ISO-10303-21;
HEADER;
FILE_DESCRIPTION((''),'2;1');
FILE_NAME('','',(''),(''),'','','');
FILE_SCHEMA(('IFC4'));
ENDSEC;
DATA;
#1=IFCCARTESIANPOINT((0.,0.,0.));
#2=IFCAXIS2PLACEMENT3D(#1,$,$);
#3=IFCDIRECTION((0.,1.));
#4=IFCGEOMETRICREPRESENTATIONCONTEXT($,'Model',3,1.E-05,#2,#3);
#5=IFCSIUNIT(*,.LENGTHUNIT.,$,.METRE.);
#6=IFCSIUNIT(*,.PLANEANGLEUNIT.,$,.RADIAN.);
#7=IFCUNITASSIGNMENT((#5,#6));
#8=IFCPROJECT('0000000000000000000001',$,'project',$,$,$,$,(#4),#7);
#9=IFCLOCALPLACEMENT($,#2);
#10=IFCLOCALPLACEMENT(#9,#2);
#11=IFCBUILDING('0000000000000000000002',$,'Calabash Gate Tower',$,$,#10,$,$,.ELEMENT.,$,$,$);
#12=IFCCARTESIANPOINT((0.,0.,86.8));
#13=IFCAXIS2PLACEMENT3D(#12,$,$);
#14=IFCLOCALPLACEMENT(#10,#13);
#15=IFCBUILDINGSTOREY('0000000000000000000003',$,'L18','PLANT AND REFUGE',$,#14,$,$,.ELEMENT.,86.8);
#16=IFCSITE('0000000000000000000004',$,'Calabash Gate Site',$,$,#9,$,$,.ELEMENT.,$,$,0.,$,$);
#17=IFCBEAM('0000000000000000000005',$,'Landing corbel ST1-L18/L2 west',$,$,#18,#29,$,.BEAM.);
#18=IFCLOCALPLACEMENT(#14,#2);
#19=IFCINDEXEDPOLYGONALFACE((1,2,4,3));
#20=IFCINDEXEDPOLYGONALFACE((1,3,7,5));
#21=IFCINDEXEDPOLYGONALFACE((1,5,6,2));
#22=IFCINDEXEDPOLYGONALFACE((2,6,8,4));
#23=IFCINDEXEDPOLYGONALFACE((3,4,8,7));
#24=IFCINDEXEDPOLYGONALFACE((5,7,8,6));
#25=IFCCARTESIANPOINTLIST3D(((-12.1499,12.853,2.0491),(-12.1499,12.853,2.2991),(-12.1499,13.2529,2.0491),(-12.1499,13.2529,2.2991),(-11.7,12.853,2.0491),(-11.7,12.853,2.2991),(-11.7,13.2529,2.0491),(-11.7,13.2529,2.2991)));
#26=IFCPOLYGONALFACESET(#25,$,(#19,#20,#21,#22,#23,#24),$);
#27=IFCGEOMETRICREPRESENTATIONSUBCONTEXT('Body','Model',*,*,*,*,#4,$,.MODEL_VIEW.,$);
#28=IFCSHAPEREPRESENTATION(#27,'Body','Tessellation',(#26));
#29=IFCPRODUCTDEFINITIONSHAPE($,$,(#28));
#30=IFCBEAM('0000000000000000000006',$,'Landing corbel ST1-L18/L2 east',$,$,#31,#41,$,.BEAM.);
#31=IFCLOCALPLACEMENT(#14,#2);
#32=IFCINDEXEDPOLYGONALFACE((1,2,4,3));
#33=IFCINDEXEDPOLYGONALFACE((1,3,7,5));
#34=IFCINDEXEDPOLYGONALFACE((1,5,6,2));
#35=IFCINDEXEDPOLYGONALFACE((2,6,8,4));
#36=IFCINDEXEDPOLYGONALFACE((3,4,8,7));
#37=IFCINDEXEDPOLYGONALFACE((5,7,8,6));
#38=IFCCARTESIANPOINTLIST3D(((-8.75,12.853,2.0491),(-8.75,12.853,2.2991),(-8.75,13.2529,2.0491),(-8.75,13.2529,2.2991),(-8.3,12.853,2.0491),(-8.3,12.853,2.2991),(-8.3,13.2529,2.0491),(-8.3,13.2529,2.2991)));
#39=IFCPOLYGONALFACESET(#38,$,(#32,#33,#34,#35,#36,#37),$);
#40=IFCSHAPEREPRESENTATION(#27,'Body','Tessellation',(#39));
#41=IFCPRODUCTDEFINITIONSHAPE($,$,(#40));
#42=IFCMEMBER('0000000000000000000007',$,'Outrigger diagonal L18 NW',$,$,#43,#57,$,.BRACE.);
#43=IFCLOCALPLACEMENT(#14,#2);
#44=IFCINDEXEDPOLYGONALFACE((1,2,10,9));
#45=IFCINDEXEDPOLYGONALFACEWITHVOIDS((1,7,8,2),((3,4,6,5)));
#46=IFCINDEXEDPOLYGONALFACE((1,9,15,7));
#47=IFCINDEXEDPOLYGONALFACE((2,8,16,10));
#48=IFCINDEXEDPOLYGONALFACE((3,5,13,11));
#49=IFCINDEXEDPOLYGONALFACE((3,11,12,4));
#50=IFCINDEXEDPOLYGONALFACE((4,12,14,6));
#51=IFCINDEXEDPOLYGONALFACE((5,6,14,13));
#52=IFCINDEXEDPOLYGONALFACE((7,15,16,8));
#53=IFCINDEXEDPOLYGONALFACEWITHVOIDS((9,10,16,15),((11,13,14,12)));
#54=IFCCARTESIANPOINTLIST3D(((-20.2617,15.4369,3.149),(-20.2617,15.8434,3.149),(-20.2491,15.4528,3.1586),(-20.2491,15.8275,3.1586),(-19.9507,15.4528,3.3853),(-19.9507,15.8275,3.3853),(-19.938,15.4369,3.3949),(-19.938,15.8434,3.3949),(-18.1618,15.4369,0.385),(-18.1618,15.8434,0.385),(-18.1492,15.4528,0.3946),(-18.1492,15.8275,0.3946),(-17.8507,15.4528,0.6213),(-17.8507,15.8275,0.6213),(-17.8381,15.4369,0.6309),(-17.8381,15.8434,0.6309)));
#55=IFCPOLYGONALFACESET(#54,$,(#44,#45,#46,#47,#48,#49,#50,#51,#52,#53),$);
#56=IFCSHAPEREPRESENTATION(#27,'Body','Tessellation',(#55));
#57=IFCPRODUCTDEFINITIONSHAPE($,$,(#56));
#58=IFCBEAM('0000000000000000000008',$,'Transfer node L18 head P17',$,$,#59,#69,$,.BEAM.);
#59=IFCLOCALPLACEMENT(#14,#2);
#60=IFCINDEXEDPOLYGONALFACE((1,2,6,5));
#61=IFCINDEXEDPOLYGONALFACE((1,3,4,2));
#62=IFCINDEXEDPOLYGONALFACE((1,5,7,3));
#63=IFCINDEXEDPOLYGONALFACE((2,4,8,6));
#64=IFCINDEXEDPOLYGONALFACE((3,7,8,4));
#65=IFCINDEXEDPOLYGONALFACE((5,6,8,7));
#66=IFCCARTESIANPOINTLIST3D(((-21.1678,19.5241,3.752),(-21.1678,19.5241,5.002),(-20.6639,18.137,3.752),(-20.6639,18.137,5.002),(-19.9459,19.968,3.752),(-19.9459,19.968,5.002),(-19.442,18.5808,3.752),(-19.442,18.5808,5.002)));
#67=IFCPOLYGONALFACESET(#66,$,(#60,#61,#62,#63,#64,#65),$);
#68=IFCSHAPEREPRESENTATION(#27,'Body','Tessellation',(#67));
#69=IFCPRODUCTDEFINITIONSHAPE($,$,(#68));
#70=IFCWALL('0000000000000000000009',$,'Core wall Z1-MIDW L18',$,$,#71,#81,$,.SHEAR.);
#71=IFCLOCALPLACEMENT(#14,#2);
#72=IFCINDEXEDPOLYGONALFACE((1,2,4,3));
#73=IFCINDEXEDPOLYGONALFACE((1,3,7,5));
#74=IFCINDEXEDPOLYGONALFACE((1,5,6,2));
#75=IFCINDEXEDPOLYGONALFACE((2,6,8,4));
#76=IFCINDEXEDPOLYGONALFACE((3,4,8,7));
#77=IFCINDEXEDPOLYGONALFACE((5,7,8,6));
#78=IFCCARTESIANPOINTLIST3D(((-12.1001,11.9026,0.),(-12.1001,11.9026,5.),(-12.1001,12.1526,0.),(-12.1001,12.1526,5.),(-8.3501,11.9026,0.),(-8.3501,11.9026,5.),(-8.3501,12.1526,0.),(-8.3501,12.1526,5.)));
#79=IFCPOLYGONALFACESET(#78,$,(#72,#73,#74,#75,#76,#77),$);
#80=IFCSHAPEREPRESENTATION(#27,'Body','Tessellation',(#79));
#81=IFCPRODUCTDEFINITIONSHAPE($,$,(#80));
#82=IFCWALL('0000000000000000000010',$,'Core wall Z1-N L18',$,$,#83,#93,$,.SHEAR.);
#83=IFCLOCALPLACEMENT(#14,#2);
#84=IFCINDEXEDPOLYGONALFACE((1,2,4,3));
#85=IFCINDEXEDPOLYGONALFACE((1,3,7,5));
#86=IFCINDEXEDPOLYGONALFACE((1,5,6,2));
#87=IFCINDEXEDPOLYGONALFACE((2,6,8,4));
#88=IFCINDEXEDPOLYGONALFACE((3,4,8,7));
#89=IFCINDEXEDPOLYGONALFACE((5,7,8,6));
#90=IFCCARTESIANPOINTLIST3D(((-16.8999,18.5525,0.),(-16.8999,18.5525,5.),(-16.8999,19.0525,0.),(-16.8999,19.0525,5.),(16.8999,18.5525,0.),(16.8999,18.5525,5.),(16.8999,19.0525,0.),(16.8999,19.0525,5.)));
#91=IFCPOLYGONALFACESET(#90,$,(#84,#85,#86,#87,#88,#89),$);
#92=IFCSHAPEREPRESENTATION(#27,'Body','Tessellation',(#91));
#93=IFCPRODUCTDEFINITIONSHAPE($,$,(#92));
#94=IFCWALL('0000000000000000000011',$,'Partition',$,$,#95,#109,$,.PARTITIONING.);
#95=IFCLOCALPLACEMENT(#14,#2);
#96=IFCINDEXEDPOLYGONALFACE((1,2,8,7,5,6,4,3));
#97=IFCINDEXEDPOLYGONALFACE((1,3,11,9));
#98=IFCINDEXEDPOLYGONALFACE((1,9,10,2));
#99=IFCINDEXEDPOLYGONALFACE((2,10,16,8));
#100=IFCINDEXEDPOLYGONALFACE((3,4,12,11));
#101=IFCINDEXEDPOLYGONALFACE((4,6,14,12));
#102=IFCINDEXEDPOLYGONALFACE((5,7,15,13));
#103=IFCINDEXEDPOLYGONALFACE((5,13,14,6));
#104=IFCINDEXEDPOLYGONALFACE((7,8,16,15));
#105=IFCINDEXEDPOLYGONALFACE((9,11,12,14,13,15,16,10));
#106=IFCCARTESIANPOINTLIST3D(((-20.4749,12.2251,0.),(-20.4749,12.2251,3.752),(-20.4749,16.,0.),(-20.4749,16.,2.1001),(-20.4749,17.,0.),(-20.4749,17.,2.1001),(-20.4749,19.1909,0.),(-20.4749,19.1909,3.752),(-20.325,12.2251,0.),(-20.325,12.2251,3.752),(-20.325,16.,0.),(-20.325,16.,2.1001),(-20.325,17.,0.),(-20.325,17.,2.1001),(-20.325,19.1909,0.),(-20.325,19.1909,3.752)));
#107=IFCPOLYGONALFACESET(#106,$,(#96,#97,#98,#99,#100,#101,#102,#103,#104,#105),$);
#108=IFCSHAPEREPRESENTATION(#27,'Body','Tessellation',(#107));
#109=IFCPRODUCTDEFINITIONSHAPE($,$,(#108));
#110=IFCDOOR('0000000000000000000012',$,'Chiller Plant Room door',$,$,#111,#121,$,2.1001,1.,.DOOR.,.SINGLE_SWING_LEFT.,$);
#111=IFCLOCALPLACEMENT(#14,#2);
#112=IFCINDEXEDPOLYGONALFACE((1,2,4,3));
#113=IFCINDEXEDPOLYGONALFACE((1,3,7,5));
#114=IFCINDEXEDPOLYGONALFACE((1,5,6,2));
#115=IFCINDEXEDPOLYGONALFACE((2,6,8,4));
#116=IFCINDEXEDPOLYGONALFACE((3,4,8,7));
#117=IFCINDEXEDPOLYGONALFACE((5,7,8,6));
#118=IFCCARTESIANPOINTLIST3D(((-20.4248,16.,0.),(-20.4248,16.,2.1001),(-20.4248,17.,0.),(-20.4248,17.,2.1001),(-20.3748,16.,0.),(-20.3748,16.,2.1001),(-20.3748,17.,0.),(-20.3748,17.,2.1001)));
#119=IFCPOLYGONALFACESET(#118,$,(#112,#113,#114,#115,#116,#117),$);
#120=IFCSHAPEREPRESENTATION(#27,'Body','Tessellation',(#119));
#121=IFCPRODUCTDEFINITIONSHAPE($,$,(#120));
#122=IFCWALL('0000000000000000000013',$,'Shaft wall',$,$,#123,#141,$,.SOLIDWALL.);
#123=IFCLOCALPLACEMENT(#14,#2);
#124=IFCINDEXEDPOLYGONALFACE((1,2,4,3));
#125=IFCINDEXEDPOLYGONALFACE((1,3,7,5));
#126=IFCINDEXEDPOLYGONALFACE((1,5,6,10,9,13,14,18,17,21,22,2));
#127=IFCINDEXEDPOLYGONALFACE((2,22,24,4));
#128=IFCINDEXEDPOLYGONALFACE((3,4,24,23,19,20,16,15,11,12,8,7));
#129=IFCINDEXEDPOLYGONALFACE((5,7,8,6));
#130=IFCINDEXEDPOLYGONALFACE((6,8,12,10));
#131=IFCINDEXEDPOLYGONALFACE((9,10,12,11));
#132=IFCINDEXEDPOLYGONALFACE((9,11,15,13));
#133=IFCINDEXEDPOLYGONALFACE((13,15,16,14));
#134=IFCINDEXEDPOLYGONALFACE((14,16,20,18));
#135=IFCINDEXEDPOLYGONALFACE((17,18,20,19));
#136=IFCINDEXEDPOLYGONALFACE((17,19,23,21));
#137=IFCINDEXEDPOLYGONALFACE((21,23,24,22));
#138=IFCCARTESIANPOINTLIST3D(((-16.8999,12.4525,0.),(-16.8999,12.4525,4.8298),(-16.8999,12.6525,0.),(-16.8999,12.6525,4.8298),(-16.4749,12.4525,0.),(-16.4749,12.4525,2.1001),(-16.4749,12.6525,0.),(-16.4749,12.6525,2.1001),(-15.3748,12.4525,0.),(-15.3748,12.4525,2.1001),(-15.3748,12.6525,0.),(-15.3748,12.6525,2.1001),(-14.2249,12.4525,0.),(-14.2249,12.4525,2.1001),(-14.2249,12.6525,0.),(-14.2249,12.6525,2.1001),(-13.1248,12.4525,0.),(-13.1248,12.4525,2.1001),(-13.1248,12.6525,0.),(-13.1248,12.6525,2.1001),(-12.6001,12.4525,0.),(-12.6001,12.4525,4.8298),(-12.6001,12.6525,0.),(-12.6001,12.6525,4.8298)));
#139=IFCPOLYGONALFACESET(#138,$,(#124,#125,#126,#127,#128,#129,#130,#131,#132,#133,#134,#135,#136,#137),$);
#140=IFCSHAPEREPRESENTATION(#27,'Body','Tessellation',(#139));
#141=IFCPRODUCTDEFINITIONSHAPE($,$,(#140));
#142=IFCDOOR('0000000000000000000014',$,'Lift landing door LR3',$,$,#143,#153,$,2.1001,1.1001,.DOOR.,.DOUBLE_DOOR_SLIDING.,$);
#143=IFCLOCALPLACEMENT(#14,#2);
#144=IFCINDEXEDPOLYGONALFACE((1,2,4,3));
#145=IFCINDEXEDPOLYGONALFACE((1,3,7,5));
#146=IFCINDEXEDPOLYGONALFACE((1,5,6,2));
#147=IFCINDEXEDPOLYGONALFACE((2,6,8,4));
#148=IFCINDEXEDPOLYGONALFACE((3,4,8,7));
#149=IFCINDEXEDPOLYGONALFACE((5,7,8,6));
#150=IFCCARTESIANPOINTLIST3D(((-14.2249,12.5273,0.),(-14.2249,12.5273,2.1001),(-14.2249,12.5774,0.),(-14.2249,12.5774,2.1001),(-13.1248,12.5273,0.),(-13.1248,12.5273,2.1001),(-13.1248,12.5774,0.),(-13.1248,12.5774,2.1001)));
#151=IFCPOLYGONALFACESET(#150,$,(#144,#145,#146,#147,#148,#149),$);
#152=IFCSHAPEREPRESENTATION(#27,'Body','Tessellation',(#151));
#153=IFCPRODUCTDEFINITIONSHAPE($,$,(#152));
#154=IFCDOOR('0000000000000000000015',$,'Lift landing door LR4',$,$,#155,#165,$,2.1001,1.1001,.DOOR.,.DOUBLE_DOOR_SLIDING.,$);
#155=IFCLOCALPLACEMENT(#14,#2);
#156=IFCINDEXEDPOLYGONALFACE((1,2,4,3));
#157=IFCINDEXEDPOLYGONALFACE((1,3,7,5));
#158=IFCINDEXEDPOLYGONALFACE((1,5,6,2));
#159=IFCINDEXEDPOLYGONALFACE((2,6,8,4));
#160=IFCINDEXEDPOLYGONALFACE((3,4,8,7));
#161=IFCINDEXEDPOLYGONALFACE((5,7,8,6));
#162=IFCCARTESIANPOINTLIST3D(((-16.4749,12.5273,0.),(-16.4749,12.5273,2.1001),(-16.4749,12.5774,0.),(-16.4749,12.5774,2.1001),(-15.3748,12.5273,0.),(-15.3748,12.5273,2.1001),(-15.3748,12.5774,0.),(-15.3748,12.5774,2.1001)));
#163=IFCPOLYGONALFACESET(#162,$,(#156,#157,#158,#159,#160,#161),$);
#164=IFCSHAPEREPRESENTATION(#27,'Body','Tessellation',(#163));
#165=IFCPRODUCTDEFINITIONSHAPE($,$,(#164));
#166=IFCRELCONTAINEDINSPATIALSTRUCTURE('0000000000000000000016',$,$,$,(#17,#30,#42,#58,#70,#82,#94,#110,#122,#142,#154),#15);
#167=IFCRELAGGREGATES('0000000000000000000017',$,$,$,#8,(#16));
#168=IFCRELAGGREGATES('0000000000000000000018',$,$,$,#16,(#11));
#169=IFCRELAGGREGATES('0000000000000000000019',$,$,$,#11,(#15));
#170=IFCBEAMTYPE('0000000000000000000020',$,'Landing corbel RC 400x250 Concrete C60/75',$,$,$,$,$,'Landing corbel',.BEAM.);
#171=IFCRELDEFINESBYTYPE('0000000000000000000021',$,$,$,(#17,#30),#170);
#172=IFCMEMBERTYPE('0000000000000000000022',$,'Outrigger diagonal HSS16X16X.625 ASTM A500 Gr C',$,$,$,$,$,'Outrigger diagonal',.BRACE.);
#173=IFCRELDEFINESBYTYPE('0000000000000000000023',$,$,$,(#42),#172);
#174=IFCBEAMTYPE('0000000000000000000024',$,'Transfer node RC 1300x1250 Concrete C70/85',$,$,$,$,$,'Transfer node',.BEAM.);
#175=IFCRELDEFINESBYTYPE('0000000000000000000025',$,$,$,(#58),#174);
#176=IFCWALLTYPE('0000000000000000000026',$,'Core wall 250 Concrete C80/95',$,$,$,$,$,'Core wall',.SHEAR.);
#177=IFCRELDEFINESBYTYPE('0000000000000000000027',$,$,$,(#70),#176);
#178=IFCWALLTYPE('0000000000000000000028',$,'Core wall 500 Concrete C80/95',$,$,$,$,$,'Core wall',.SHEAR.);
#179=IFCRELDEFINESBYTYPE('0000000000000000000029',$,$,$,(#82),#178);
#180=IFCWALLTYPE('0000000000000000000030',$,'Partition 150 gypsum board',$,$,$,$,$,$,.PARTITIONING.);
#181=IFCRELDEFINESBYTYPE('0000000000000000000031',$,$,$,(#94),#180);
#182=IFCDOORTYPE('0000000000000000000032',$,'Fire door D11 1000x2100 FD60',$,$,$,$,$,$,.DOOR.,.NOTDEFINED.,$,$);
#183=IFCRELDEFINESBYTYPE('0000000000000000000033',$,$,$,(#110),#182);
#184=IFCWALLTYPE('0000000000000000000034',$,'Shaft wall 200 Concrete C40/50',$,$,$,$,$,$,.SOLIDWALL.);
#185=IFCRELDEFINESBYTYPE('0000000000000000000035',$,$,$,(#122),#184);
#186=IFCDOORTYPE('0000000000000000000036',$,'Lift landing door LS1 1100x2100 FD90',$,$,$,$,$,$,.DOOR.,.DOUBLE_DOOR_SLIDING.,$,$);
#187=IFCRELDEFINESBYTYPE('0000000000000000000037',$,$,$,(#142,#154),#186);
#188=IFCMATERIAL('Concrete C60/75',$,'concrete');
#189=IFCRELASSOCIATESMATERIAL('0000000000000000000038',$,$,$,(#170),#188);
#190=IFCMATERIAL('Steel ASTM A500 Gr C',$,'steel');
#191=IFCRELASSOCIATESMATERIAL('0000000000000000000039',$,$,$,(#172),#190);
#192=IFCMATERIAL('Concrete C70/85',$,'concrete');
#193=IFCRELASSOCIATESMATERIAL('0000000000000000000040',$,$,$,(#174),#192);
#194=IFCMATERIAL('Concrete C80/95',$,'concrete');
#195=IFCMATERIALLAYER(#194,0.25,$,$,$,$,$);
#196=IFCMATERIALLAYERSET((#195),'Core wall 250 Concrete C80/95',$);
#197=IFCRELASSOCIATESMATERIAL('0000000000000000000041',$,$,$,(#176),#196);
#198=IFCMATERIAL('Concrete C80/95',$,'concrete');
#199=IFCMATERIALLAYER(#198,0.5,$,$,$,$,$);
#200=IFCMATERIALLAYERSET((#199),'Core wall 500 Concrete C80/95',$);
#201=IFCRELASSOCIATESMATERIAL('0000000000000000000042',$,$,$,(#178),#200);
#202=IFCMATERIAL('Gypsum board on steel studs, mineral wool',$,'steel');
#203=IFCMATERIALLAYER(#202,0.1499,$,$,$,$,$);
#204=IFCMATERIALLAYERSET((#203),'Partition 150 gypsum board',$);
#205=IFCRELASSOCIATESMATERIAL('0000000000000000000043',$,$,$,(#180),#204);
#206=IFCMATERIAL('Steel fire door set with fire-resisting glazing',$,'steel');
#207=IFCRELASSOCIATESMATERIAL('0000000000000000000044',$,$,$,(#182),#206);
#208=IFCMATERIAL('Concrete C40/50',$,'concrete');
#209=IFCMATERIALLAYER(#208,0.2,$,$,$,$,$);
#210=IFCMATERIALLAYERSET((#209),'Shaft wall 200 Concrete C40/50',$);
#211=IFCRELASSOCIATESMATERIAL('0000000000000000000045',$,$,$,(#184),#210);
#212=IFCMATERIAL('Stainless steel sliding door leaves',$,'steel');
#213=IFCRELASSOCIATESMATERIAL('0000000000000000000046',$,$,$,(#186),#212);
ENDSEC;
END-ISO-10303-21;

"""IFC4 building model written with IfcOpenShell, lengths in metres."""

from ifc_helpers import new_model, si_unit, direction, frame, frame_2d, origin, origin_2d, place, context, subcontext, project, spatial, rectangle, hollow_rectangle, extrude, material, layer, layer_set, material_profile, profile_set, type_object, element, fill, save


model = new_model("IFC4")

# Units and contexts
model_context = context("Model", 3, precision=1e-05, world=origin(), true_north=direction((0.0, 1.0)))
body_context = subcontext(model_context, "Body", "Model", "MODEL_VIEW")
ifc_project = project(units=[si_unit("LENGTHUNIT", "METRE"), si_unit("PLANEANGLEUNIT", "RADIAN")], contexts=[model_context])

# Site, building, storey
site_placement = place(None, origin())
site = spatial("IfcSite", under=ifc_project, at=site_placement, Name="Calabash Gate Site", CompositionType="ELEMENT", RefElevation=0.0)
building_placement = place(site_placement, origin())
building = spatial("IfcBuilding", under=site, at=building_placement, Name="Calabash Gate Tower", CompositionType="ELEMENT")
storey_placement = place(building_placement, frame((0.0, 0.0, 86.8)))
storey = spatial("IfcBuildingStorey", under=building, at=storey_placement, Name="L18", Description="PLANT AND REFUGE", CompositionType="ELEMENT", Elevation=86.8)

# Beams
ifc_material_1 = material(Name="Concrete C60/75", Category="concrete")
ifc_material_profile_1 = material_profile(ifc_material_1, rectangle(XDim=0.3999, YDim=0.25, at=origin_2d()))
ifc_profile_set_1 = profile_set([ifc_material_profile_1], Name="Concrete C60/75")
beam_type_1 = type_object("IfcBeamType", Name="Landing corbel RC 400x250 Concrete C60/75", ElementType="Landing corbel", PredefinedType="BEAM", material=ifc_profile_set_1)
for number, where, z_axis, x_axis, name in (
    (1, (-12.1499, 13.053, 2.1741), (1.0, 0.0, 0.0), (0.0, 1.0, 0.0), "Landing corbel ST1-L18/L2 west"),
    (2, (-8.3, 13.053, 2.1741), (-1.0, 0.0, 0.0), (0.0, -1.0, 0.0), "Landing corbel ST1-L18/L2 east"),
):
    element("IfcBeam", number, at=place(storey_placement, frame(where, z_axis=z_axis, x_axis=x_axis)), inside=storey, type_object=beam_type_1, Name=name, PredefinedType="BEAM", context=body_context, shape_type="SweptSolid", body=[
        extrude(rectangle(XDim=0.3999, YDim=0.25, at=origin_2d()), origin(), (0.0, 0.0, 1.0), 0.45),
    ])

# Member
ifc_material_2 = material(Name="Steel ASTM A500 Gr C", Category="steel")
ifc_material_profile_2 = material_profile(ifc_material_2, hollow_rectangle(XDim=0.4065, YDim=0.4065, WallThickness=0.0159, at=origin_2d()))
ifc_profile_set_2 = profile_set([ifc_material_profile_2], Name="Steel ASTM A500 Gr C")
member_type = type_object("IfcMemberType", Name="Outrigger diagonal HSS16X16X.625 ASTM A500 Gr C", ElementType="Outrigger diagonal", PredefinedType="BRACE", material=ifc_profile_set_2)
member_placement = place(storey_placement, frame((-20.0999, 15.6401, 3.272), z_axis=(0.604951, 0.0, -0.796262), x_axis=(0.0, 1.0, 0.0)))
element("IfcMember", 3, at=member_placement, inside=storey, type_object=member_type, Name="Outrigger diagonal L18 NW", PredefinedType="BRACE", context=body_context, shape_type="SweptSolid", body=[
    extrude(hollow_rectangle(XDim=0.4065, YDim=0.4065, WallThickness=0.0159, at=origin_2d()), origin(), (0.0, 0.0, 1.0), 3.4712),
])

# Beam
ifc_material_3 = material(Name="Concrete C70/85", Category="concrete")
ifc_material_profile_3 = material_profile(ifc_material_3, rectangle(XDim=1.3, YDim=1.25, at=origin_2d()))
ifc_profile_set_3 = profile_set([ifc_material_profile_3], Name="Concrete C70/85")
beam_type_2 = type_object("IfcBeamType", Name="Transfer node RC 1300x1250 Concrete C70/85", ElementType="Transfer node", PredefinedType="BEAM", material=ifc_profile_set_3)
beam_placement = place(storey_placement, frame((-20.053, 18.3589, 4.377), z_axis=(-0.341424, 0.939909, 0.0), x_axis=(-0.939909, -0.341424, 0.0)))
element("IfcBeam", 4, at=beam_placement, inside=storey, type_object=beam_type_2, Name="Transfer node L18 head P17", PredefinedType="BEAM", context=body_context, shape_type="SweptSolid", body=[
    extrude(rectangle(XDim=1.3, YDim=1.25, at=origin_2d()), origin(), (0.0, 0.0, 1.0), 1.4758),
])

# Walls
ifc_material_4 = material(Name="Concrete C80/95", Category="concrete")
ifc_layer_1 = layer(ifc_material_4, 0.25)
ifc_layer_set_1 = layer_set([ifc_layer_1], Name="Core wall 250 Concrete C80/95")
wall_type_1 = type_object("IfcWallType", Name="Core wall 250 Concrete C80/95", ElementType="Core wall", PredefinedType="SHEAR", material=ifc_layer_set_1)
wall_1_placement = place(storey_placement, frame((-12.1001, 12.0276, 0.0), z_axis=(0.0, 0.0, 1.0), x_axis=(1.0, 0.0, 0.0)))
element("IfcWall", 5, at=wall_1_placement, inside=storey, type_object=wall_type_1, Name="Core wall Z1-MIDW L18", PredefinedType="SHEAR", context=body_context, shape_type="SweptSolid", body=[
    extrude(rectangle(XDim=3.75, YDim=0.25, at=frame_2d((1.875, 0.0))), origin(), (0.0, 0.0, 1.0), 5.0),
])
ifc_material_5 = material(Name="Concrete C80/95", Category="concrete")
ifc_layer_2 = layer(ifc_material_5, 0.5)
ifc_layer_set_2 = layer_set([ifc_layer_2], Name="Core wall 500 Concrete C80/95")
wall_type_2 = type_object("IfcWallType", Name="Core wall 500 Concrete C80/95", ElementType="Core wall", PredefinedType="SHEAR", material=ifc_layer_set_2)
wall_2_placement = place(storey_placement, frame((-16.8999, 18.8025, 0.0), z_axis=(0.0, 0.0, 1.0), x_axis=(1.0, 0.0, 0.0)))
element("IfcWall", 6, at=wall_2_placement, inside=storey, type_object=wall_type_2, Name="Core wall Z1-N L18", PredefinedType="SHEAR", context=body_context, shape_type="SweptSolid", body=[
    extrude(rectangle(XDim=33.7998, YDim=0.5, at=frame_2d((16.8999, 0.0))), origin(), (0.0, 0.0, 1.0), 5.0),
])

# Wall, opening, door
ifc_material_6 = material(Name="Gypsum board on steel studs, mineral wool", Category="steel")
ifc_layer_3 = layer(ifc_material_6, 0.1499)
ifc_layer_set_3 = layer_set([ifc_layer_3], Name="Partition 150 gypsum board")
wall_type_3 = type_object("IfcWallType", Name="Partition 150 gypsum board", PredefinedType="PARTITIONING", material=ifc_layer_set_3)
wall_3_placement = place(storey_placement, frame((-20.3999, 12.2251, 0.0), z_axis=(0.0, 0.0, 1.0), x_axis=(0.0, 1.0, 0.0)))
wall_3 = element("IfcWall", 7, at=wall_3_placement, inside=storey, type_object=wall_type_3, Name="Partition", PredefinedType="PARTITIONING", context=body_context, shape_type="SweptSolid", body=[
    extrude(rectangle(XDim=6.9658, YDim=0.1499, at=frame_2d((3.4829, 0.0))), origin(), (0.0, 0.0, 1.0), 3.752),
])
opening_1_placement = place(wall_3_placement, frame((3.7749, 0.0, 0.0)))
opening_1 = element("IfcOpeningElement", 8, at=opening_1_placement, cuts=wall_3, PredefinedType="OPENING", context=body_context, shape_type="SweptSolid", body=[
    extrude(rectangle(XDim=1.0, YDim=2.1001, at=frame_2d((0.5, 1.05))), frame((0.0, 0.085, 0.0), z_axis=(0.0, -1.0, 0.0), x_axis=(1.0, 0.0, 0.0)), (0.0, 0.0, 1.0), 0.1699),
])
ifc_material_7 = material(Name="Steel fire door set with fire-resisting glazing", Category="steel")
door_type_1 = type_object("IfcDoorType", Name="Fire door D11 1000x2100 FD60", OperationType="NOTDEFINED", PredefinedType="DOOR", material=ifc_material_7)
door_1_placement = place(opening_1_placement, origin())
door_1 = element("IfcDoor", 9, at=door_1_placement, inside=storey, type_object=door_type_1, Name="Chiller Plant Room door", OperationType="SINGLE_SWING_LEFT", OverallHeight=2.1001, OverallWidth=1.0, PredefinedType="DOOR", context=body_context, shape_type="SweptSolid", body=[
    extrude(rectangle(XDim=1.0, YDim=2.1001, at=frame_2d((0.5, 1.05))), frame((0.0, 0.0249, 0.0), z_axis=(0.0, -1.0, 0.0), x_axis=(1.0, 0.0, 0.0)), (0.0, 0.0, 1.0), 0.05),
])
fill(opening_1, door_1)

# Wall, openings, doors
ifc_material_8 = material(Name="Concrete C40/50", Category="concrete")
ifc_layer_4 = layer(ifc_material_8, 0.2)
ifc_layer_set_4 = layer_set([ifc_layer_4], Name="Shaft wall 200 Concrete C40/50")
wall_type_4 = type_object("IfcWallType", Name="Shaft wall 200 Concrete C40/50", PredefinedType="SOLIDWALL", material=ifc_layer_set_4)
wall_4_placement = place(storey_placement, frame((-16.8999, 12.5525, 0.0), z_axis=(0.0, 0.0, 1.0), x_axis=(1.0, 0.0, 0.0)))
wall_4 = element("IfcWall", 10, at=wall_4_placement, inside=storey, type_object=wall_type_4, Name="Shaft wall", PredefinedType="SOLIDWALL", context=body_context, shape_type="SweptSolid", body=[
    extrude(rectangle(XDim=4.2998, YDim=0.2, at=frame_2d((2.1499, 0.0))), origin(), (0.0, 0.0, 1.0), 4.8298),
])
opening_2_placement = place(wall_4_placement, frame((2.675, 0.0, 0.0)))
opening_2 = element("IfcOpeningElement", 11, at=opening_2_placement, cuts=wall_4, PredefinedType="OPENING", context=body_context, shape_type="SweptSolid", body=[
    extrude(rectangle(XDim=1.1001, YDim=2.1001, at=frame_2d((0.55, 1.05))), frame((0.0, 0.1099, 0.0), z_axis=(0.0, -1.0, 0.0), x_axis=(1.0, 0.0, 0.0)), (0.0, 0.0, 1.0), 0.22),
])
opening_3_placement = place(wall_4_placement, frame((0.425, 0.0, 0.0)))
opening_3 = element("IfcOpeningElement", 12, at=opening_3_placement, cuts=wall_4, PredefinedType="OPENING", context=body_context, shape_type="SweptSolid", body=[
    extrude(rectangle(XDim=1.1001, YDim=2.1001, at=frame_2d((0.55, 1.05))), frame((0.0, 0.1099, 0.0), z_axis=(0.0, -1.0, 0.0), x_axis=(1.0, 0.0, 0.0)), (0.0, 0.0, 1.0), 0.22),
])
ifc_material_9 = material(Name="Stainless steel sliding door leaves", Category="steel")
door_type_2 = type_object("IfcDoorType", Name="Lift landing door LS1 1100x2100 FD90", OperationType="DOUBLE_DOOR_SLIDING", PredefinedType="DOOR", material=ifc_material_9)
door_2_placement = place(opening_2_placement, origin())
door_2 = element("IfcDoor", 13, at=door_2_placement, inside=storey, type_object=door_type_2, Name="Lift landing door LR3", OperationType="DOUBLE_DOOR_SLIDING", OverallHeight=2.1001, OverallWidth=1.1001, PredefinedType="DOOR", context=body_context, shape_type="SweptSolid", body=[
    extrude(rectangle(XDim=1.1001, YDim=2.1001, at=frame_2d((0.55, 1.05))), frame((0.0, 0.0249, 0.0), z_axis=(0.0, -1.0, 0.0), x_axis=(1.0, 0.0, 0.0)), (0.0, 0.0, 1.0), 0.05),
])
fill(opening_2, door_2)
door_3_placement = place(opening_3_placement, origin())
door_3 = element("IfcDoor", 14, at=door_3_placement, inside=storey, type_object=door_type_2, Name="Lift landing door LR4", OperationType="DOUBLE_DOOR_SLIDING", OverallHeight=2.1001, OverallWidth=1.1001, PredefinedType="DOOR", context=body_context, shape_type="SweptSolid", body=[
    extrude(rectangle(XDim=1.1001, YDim=2.1001, at=frame_2d((0.55, 1.05))), frame((0.0, 0.0249, 0.0), z_axis=(0.0, -1.0, 0.0), x_axis=(1.0, 0.0, 0.0)), (0.0, 0.0, 1.0), 0.05),
])
fill(opening_3, door_3)

save(model, "model.ifc")
